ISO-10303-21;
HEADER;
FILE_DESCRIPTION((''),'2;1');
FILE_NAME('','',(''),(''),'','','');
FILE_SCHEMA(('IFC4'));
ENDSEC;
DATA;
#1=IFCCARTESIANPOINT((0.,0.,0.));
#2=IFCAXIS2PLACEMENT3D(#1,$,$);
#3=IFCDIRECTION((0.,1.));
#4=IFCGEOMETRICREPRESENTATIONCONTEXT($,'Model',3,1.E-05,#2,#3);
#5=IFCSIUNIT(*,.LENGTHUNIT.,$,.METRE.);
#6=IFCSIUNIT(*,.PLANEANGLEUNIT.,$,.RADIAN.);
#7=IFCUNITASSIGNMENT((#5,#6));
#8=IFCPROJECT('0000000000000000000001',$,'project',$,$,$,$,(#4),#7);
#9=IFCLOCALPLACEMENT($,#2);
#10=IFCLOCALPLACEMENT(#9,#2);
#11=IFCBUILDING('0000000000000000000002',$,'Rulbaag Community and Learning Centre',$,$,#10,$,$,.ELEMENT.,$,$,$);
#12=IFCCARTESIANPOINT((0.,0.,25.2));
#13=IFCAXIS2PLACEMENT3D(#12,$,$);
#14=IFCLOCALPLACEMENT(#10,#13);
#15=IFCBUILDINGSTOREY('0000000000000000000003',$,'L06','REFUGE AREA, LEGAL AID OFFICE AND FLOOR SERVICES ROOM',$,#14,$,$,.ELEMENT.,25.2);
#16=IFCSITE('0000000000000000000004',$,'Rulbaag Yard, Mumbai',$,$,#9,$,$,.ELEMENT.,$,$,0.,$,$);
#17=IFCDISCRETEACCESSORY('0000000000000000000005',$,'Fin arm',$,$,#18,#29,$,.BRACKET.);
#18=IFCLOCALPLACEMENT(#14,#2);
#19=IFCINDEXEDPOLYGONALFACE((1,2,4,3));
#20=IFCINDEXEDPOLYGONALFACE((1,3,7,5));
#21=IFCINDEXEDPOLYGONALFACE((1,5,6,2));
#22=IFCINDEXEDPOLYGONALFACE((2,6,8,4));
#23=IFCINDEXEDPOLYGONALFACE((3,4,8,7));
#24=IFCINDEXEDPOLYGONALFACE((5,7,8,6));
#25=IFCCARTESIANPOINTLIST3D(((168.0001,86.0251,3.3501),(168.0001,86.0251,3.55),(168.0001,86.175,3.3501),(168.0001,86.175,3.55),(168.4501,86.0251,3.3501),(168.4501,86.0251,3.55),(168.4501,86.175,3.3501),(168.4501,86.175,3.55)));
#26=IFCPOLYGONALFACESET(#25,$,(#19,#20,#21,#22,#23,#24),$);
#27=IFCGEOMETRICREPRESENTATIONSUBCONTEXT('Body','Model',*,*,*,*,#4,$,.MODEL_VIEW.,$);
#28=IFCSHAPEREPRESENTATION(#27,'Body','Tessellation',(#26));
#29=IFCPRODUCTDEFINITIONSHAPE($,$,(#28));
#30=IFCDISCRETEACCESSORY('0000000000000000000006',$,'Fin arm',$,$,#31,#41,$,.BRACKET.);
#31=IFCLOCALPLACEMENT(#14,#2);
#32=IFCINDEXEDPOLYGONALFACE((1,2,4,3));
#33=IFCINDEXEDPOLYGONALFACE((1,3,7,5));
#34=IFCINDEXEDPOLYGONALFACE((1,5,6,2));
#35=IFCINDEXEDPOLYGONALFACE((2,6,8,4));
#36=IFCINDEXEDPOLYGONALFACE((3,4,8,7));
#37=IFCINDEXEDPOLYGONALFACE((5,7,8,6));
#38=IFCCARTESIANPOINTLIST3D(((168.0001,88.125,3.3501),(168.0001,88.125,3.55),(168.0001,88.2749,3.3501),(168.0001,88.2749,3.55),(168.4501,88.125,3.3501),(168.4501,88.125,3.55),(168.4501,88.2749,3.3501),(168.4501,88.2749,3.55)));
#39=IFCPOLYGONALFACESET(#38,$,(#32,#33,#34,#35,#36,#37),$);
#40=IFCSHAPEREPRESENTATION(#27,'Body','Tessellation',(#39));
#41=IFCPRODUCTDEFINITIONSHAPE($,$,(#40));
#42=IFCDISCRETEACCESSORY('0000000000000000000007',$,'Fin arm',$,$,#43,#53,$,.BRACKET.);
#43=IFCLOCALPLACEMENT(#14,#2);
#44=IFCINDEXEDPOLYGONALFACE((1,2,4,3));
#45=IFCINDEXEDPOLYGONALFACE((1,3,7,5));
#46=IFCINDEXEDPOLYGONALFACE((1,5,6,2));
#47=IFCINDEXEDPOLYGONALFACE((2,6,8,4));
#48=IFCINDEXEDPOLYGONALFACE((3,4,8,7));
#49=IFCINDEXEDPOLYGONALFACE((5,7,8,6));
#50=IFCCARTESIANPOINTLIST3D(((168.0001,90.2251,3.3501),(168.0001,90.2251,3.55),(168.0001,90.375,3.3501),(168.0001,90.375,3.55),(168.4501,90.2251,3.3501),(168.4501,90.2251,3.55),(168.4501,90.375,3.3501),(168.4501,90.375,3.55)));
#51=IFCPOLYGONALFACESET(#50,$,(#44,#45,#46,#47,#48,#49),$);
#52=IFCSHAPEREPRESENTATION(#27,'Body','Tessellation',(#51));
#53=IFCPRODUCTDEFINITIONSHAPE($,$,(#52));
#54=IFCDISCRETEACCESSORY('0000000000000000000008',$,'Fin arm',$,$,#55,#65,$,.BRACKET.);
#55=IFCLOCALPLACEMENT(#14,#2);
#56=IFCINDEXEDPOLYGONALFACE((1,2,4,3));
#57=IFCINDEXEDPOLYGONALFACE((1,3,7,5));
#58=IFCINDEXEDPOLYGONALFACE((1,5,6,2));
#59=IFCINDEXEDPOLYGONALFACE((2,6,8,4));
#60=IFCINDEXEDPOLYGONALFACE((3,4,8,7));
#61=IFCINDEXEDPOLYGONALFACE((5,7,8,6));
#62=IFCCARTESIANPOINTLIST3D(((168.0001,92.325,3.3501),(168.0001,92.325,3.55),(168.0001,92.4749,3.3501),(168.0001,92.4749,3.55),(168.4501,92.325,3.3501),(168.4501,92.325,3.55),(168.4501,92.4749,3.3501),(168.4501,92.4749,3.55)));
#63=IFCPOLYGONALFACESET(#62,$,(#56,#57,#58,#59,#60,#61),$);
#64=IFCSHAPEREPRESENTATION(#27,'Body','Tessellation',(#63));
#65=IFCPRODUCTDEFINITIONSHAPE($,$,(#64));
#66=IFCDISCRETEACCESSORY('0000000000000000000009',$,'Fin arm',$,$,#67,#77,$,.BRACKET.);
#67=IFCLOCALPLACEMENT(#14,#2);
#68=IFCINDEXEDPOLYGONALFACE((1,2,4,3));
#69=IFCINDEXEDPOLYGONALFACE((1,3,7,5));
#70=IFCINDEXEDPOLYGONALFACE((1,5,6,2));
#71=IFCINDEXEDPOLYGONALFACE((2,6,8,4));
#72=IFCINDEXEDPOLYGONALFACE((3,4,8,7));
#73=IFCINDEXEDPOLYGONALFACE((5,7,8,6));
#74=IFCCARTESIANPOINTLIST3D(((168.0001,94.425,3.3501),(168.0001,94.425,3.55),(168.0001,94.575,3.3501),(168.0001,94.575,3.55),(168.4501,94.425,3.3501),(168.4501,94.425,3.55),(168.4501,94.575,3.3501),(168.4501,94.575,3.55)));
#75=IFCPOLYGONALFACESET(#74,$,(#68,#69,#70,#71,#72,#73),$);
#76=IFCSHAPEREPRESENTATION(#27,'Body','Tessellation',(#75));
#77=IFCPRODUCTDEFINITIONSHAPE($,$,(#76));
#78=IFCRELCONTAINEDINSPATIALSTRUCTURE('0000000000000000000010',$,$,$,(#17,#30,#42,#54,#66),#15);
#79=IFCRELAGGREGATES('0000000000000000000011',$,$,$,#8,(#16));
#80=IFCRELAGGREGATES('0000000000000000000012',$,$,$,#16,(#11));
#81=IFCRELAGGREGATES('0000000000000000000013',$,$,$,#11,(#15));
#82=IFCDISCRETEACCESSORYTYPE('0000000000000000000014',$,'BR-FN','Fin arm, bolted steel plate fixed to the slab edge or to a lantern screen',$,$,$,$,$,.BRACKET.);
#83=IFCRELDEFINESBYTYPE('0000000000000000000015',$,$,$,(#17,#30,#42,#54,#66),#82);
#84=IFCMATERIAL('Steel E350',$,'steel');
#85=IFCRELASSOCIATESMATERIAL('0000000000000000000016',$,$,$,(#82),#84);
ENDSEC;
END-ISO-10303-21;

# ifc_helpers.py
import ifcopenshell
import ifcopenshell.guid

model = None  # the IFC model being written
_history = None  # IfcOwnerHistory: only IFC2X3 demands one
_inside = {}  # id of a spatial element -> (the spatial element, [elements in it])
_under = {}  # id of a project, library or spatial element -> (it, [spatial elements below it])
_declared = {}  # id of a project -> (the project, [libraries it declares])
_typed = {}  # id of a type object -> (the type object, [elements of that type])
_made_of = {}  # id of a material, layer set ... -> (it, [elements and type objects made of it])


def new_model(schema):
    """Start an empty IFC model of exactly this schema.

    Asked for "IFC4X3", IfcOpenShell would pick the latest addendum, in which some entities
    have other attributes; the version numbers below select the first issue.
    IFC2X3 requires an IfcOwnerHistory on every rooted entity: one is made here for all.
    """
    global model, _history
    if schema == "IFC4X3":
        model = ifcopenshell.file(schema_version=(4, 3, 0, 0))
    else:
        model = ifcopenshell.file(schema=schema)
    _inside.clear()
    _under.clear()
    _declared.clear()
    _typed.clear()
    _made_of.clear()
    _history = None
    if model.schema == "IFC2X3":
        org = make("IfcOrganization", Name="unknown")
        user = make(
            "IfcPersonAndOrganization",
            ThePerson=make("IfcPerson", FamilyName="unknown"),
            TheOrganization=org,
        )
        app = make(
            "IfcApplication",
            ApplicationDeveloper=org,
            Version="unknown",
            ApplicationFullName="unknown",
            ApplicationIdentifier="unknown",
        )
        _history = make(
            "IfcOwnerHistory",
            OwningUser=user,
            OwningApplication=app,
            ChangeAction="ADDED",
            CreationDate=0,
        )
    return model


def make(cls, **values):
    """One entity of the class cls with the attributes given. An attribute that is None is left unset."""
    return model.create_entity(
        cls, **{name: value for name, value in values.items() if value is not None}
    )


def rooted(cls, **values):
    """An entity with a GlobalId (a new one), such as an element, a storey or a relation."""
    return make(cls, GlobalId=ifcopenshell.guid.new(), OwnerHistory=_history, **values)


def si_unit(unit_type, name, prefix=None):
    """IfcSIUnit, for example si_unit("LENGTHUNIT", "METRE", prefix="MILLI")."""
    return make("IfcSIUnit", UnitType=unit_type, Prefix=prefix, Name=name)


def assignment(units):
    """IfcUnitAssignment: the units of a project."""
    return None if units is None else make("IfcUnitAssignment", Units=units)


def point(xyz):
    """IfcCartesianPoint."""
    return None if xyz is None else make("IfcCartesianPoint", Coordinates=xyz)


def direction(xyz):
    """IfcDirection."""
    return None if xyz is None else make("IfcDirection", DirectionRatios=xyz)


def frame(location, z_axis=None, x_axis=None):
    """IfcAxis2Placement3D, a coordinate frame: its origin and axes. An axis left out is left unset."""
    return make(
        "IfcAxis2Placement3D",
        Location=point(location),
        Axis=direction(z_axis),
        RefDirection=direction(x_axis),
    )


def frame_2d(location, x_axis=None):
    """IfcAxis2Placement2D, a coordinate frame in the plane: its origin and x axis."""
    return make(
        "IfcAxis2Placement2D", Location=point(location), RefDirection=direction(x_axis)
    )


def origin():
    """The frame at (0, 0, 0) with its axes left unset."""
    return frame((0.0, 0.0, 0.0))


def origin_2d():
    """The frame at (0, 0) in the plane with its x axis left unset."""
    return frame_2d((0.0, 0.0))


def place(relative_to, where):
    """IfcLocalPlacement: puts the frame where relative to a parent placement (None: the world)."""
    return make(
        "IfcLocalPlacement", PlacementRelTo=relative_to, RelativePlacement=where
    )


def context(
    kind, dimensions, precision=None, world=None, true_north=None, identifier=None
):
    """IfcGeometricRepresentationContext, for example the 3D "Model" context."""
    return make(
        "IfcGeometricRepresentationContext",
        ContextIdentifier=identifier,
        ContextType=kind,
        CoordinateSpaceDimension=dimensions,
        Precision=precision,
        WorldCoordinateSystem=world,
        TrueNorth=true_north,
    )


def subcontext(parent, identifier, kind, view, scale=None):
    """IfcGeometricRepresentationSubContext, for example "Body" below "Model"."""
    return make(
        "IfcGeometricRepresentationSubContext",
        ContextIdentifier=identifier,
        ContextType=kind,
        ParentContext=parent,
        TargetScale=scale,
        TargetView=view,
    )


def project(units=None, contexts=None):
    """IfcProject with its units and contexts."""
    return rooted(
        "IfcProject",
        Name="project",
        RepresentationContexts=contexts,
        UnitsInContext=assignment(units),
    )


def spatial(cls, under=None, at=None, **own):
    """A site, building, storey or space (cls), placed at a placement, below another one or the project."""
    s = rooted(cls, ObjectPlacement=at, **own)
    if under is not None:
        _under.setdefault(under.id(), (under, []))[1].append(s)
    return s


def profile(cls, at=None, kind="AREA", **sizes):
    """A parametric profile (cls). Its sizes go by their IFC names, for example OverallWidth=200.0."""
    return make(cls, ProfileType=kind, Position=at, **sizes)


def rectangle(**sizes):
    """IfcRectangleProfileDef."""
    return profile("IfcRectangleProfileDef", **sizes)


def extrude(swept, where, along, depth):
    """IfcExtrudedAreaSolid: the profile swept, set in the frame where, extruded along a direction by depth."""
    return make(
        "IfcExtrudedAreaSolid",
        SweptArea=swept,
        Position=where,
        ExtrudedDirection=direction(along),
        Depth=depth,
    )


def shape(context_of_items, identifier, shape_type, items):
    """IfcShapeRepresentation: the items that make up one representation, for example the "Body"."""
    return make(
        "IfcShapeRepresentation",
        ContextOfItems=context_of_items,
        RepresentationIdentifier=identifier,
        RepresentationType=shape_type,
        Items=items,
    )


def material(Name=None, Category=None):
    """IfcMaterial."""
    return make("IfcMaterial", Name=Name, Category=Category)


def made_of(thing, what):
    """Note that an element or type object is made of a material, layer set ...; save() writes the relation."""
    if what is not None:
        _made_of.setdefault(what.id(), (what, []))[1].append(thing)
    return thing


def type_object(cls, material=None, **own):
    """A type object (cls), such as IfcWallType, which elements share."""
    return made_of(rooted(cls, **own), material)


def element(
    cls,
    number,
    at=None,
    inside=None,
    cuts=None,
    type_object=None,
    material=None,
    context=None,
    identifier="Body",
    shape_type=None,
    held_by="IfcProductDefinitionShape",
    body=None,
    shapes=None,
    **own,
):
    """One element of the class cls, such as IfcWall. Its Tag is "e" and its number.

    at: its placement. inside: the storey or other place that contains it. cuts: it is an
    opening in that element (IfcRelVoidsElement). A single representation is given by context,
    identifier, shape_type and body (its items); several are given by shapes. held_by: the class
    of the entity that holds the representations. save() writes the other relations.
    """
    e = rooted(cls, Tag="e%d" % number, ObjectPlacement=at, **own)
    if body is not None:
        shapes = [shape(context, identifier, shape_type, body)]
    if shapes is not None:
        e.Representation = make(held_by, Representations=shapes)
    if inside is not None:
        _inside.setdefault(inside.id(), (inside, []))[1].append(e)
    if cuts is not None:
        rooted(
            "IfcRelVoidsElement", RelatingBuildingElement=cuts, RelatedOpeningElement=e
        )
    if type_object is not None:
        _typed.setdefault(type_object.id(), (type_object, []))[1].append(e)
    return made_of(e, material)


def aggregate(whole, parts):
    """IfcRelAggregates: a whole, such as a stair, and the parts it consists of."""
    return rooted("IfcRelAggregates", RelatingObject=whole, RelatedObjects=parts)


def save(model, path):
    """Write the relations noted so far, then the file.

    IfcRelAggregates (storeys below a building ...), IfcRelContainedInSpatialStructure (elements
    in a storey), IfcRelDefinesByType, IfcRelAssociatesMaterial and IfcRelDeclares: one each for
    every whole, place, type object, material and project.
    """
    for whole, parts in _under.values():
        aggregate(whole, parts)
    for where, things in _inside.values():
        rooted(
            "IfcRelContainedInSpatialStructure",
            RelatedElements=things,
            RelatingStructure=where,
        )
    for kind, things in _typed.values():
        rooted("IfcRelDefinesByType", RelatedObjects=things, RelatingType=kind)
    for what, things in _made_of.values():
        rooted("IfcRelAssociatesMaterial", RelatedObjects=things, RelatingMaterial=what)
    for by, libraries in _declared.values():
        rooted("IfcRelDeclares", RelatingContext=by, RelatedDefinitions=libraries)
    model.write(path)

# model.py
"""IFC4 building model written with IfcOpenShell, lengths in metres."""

from ifc_helpers import new_model, si_unit, direction, frame, origin, origin_2d, place, context, subcontext, project, spatial, rectangle, extrude, material, type_object, element, save


model = new_model("IFC4")

# Units and contexts
model_context = context("Model", 3, precision=1e-05, world=origin(), true_north=direction((0.0, 1.0)))
body_context = subcontext(model_context, "Body", "Model", "MODEL_VIEW")
ifc_project = project(units=[si_unit("LENGTHUNIT", "METRE"), si_unit("PLANEANGLEUNIT", "RADIAN")], contexts=[model_context])

# Site, building, storey
site_placement = place(None, origin())
site = spatial("IfcSite", under=ifc_project, at=site_placement, Name="Rulbaag Yard, Mumbai", CompositionType="ELEMENT", RefElevation=0.0)
building_placement = place(site_placement, origin())
building = spatial("IfcBuilding", under=site, at=building_placement, Name="Rulbaag Community and Learning Centre", CompositionType="ELEMENT")
storey_placement = place(building_placement, frame((0.0, 0.0, 25.2)))
storey = spatial("IfcBuildingStorey", under=building, at=storey_placement, Name="L06", Description="REFUGE AREA, LEGAL AID OFFICE AND FLOOR SERVICES ROOM", CompositionType="ELEMENT", Elevation=25.2)

# Discrete accessories
ifc_material_1 = material(Name="Steel E350", Category="steel")
discrete_accessory_type = type_object("IfcDiscreteAccessoryType", Name="BR-FN", Description="Fin arm, bolted steel plate fixed to the slab edge or to a lantern screen", PredefinedType="BRACKET", material=ifc_material_1)
for number, where, z_axis, x_axis, name in (
    (1, (168.2251, 86.1001, 3.3501), (0.0, 0.0, 1.0), (1.0, 0.0, 0.0), "Fin arm"),
    (2, (168.2251, 88.2, 3.3501), (0.0, 0.0, 1.0), (1.0, 0.0, 0.0), "Fin arm"),
    (3, (168.2251, 90.3, 3.3501), (0.0, 0.0, 1.0), (1.0, 0.0, 0.0), "Fin arm"),
    (4, (168.2251, 92.3999, 3.3501), (0.0, 0.0, 1.0), (1.0, 0.0, 0.0), "Fin arm"),
    (5, (168.2251, 94.5, 3.3501), (0.0, 0.0, 1.0), (1.0, 0.0, 0.0), "Fin arm"),
):
    element("IfcDiscreteAccessory", number, at=place(storey_placement, frame(where, z_axis=z_axis, x_axis=x_axis)), inside=storey, type_object=discrete_accessory_type, Name=name, PredefinedType="BRACKET", context=body_context, shape_type="SweptSolid", body=[
        extrude(rectangle(XDim=0.45, YDim=0.1499, at=origin_2d()), origin(), (0.0, 0.0, 1.0), 0.2),
    ])

save(model, "model.ifc")
